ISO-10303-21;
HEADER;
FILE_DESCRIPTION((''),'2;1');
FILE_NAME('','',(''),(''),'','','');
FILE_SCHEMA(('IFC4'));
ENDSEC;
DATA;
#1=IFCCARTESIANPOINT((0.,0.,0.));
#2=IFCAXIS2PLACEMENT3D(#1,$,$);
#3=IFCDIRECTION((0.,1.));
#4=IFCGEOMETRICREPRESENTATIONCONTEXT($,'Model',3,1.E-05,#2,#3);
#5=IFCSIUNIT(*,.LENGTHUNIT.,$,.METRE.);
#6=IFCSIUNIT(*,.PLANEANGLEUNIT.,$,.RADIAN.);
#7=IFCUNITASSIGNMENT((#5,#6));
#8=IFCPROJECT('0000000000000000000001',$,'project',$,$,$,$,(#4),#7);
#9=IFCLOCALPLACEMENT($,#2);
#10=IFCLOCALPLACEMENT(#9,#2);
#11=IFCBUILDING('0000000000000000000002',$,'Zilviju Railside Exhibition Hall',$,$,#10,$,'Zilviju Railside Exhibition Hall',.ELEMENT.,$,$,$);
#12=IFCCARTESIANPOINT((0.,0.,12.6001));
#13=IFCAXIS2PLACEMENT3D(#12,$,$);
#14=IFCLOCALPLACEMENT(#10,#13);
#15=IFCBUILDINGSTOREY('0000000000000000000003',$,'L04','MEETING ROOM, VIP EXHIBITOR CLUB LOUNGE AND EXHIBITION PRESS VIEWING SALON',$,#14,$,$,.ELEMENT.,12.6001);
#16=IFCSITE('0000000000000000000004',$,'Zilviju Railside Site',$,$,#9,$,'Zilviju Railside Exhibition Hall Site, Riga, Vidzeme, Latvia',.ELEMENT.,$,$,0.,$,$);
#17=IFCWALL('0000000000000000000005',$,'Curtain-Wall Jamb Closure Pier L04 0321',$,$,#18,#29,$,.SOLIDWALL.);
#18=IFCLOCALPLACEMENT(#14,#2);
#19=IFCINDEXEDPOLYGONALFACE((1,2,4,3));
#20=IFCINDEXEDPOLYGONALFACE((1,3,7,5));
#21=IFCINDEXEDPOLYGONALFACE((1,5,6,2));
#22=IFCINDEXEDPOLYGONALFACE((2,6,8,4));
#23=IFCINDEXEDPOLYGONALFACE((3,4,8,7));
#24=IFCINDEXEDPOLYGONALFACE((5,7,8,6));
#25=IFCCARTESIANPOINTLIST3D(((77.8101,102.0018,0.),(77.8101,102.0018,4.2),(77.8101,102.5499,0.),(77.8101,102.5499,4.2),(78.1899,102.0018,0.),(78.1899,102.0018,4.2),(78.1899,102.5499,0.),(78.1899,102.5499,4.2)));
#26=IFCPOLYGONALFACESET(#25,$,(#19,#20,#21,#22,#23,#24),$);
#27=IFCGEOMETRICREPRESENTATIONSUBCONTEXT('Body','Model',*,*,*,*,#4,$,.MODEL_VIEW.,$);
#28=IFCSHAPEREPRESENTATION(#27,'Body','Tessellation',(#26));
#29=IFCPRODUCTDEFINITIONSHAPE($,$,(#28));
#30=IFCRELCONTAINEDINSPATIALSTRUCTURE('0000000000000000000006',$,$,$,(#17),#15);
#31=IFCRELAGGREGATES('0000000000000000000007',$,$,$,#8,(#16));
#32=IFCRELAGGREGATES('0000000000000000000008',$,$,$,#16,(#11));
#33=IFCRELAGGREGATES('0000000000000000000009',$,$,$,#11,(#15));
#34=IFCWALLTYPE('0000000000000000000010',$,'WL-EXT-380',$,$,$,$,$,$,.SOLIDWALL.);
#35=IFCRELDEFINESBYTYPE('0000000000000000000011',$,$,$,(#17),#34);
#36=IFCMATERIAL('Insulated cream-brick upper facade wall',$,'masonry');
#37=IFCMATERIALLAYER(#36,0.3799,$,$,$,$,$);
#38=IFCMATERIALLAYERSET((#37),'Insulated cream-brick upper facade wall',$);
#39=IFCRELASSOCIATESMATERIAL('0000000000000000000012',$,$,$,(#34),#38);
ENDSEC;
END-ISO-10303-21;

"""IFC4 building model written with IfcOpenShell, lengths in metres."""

from ifc_helpers import new_model, si_unit, direction, frame, frame_2d, origin, place, context, subcontext, project, spatial, rectangle, extrude, material, layer, layer_set, type_object, element, save


model = new_model("IFC4")

# Units and contexts
model_context = context("Model", 3, precision=1e-05, world=origin(), true_north=direction((0.0, 1.0)))
body_context = subcontext(model_context, "Body", "Model", "MODEL_VIEW")
ifc_project = project(units=[si_unit("LENGTHUNIT", "METRE"), si_unit("PLANEANGLEUNIT", "RADIAN")], contexts=[model_context])

# Site, building, storey
site_placement = place(None, origin())
site = spatial("IfcSite", under=ifc_project, at=site_placement, Name="Zilviju Railside Site", LongName="Zilviju Railside Exhibition Hall Site, Riga, Vidzeme, Latvia", CompositionType="ELEMENT", RefElevation=0.0)
building_placement = place(site_placement, origin())
building = spatial("IfcBuilding", under=site, at=building_placement, Name="Zilviju Railside Exhibition Hall", LongName="Zilviju Railside Exhibition Hall", CompositionType="ELEMENT")
storey_placement = place(building_placement, frame((0.0, 0.0, 12.6001)))
storey = spatial("IfcBuildingStorey", under=building, at=storey_placement, Name="L04", Description="MEETING ROOM, VIP EXHIBITOR CLUB LOUNGE AND EXHIBITION PRESS VIEWING SALON", CompositionType="ELEMENT", Elevation=12.6001)

# Wall
ifc_material_1 = material(Name="Insulated cream-brick upper facade wall", Category="masonry")
ifc_layer_1 = layer(ifc_material_1, 0.3799)
ifc_layer_set_1 = layer_set([ifc_layer_1], Name="Insulated cream-brick upper facade wall")
wall_type = type_object("IfcWallType", Name="WL-EXT-380", PredefinedType="SOLIDWALL", material=ifc_layer_set_1)
wall_1_placement = place(storey_placement, frame((78.0, 102.002, 0.0), z_axis=(0.0, 0.0, 1.0), x_axis=(0.0, 1.0, 0.0)))
element("IfcWall", 1, at=wall_1_placement, inside=storey, type_object=wall_type, Name="Curtain-Wall Jamb Closure Pier L04 0321", PredefinedType="SOLIDWALL", context=body_context, shape_type="SweptSolid", body=[
    extrude(rectangle(XDim=0.5481, YDim=0.3799, at=frame_2d((0.2739, 0.0))), origin(), (0.0, 0.0, 1.0), 4.2),
])

save(model, "model.ifc")
